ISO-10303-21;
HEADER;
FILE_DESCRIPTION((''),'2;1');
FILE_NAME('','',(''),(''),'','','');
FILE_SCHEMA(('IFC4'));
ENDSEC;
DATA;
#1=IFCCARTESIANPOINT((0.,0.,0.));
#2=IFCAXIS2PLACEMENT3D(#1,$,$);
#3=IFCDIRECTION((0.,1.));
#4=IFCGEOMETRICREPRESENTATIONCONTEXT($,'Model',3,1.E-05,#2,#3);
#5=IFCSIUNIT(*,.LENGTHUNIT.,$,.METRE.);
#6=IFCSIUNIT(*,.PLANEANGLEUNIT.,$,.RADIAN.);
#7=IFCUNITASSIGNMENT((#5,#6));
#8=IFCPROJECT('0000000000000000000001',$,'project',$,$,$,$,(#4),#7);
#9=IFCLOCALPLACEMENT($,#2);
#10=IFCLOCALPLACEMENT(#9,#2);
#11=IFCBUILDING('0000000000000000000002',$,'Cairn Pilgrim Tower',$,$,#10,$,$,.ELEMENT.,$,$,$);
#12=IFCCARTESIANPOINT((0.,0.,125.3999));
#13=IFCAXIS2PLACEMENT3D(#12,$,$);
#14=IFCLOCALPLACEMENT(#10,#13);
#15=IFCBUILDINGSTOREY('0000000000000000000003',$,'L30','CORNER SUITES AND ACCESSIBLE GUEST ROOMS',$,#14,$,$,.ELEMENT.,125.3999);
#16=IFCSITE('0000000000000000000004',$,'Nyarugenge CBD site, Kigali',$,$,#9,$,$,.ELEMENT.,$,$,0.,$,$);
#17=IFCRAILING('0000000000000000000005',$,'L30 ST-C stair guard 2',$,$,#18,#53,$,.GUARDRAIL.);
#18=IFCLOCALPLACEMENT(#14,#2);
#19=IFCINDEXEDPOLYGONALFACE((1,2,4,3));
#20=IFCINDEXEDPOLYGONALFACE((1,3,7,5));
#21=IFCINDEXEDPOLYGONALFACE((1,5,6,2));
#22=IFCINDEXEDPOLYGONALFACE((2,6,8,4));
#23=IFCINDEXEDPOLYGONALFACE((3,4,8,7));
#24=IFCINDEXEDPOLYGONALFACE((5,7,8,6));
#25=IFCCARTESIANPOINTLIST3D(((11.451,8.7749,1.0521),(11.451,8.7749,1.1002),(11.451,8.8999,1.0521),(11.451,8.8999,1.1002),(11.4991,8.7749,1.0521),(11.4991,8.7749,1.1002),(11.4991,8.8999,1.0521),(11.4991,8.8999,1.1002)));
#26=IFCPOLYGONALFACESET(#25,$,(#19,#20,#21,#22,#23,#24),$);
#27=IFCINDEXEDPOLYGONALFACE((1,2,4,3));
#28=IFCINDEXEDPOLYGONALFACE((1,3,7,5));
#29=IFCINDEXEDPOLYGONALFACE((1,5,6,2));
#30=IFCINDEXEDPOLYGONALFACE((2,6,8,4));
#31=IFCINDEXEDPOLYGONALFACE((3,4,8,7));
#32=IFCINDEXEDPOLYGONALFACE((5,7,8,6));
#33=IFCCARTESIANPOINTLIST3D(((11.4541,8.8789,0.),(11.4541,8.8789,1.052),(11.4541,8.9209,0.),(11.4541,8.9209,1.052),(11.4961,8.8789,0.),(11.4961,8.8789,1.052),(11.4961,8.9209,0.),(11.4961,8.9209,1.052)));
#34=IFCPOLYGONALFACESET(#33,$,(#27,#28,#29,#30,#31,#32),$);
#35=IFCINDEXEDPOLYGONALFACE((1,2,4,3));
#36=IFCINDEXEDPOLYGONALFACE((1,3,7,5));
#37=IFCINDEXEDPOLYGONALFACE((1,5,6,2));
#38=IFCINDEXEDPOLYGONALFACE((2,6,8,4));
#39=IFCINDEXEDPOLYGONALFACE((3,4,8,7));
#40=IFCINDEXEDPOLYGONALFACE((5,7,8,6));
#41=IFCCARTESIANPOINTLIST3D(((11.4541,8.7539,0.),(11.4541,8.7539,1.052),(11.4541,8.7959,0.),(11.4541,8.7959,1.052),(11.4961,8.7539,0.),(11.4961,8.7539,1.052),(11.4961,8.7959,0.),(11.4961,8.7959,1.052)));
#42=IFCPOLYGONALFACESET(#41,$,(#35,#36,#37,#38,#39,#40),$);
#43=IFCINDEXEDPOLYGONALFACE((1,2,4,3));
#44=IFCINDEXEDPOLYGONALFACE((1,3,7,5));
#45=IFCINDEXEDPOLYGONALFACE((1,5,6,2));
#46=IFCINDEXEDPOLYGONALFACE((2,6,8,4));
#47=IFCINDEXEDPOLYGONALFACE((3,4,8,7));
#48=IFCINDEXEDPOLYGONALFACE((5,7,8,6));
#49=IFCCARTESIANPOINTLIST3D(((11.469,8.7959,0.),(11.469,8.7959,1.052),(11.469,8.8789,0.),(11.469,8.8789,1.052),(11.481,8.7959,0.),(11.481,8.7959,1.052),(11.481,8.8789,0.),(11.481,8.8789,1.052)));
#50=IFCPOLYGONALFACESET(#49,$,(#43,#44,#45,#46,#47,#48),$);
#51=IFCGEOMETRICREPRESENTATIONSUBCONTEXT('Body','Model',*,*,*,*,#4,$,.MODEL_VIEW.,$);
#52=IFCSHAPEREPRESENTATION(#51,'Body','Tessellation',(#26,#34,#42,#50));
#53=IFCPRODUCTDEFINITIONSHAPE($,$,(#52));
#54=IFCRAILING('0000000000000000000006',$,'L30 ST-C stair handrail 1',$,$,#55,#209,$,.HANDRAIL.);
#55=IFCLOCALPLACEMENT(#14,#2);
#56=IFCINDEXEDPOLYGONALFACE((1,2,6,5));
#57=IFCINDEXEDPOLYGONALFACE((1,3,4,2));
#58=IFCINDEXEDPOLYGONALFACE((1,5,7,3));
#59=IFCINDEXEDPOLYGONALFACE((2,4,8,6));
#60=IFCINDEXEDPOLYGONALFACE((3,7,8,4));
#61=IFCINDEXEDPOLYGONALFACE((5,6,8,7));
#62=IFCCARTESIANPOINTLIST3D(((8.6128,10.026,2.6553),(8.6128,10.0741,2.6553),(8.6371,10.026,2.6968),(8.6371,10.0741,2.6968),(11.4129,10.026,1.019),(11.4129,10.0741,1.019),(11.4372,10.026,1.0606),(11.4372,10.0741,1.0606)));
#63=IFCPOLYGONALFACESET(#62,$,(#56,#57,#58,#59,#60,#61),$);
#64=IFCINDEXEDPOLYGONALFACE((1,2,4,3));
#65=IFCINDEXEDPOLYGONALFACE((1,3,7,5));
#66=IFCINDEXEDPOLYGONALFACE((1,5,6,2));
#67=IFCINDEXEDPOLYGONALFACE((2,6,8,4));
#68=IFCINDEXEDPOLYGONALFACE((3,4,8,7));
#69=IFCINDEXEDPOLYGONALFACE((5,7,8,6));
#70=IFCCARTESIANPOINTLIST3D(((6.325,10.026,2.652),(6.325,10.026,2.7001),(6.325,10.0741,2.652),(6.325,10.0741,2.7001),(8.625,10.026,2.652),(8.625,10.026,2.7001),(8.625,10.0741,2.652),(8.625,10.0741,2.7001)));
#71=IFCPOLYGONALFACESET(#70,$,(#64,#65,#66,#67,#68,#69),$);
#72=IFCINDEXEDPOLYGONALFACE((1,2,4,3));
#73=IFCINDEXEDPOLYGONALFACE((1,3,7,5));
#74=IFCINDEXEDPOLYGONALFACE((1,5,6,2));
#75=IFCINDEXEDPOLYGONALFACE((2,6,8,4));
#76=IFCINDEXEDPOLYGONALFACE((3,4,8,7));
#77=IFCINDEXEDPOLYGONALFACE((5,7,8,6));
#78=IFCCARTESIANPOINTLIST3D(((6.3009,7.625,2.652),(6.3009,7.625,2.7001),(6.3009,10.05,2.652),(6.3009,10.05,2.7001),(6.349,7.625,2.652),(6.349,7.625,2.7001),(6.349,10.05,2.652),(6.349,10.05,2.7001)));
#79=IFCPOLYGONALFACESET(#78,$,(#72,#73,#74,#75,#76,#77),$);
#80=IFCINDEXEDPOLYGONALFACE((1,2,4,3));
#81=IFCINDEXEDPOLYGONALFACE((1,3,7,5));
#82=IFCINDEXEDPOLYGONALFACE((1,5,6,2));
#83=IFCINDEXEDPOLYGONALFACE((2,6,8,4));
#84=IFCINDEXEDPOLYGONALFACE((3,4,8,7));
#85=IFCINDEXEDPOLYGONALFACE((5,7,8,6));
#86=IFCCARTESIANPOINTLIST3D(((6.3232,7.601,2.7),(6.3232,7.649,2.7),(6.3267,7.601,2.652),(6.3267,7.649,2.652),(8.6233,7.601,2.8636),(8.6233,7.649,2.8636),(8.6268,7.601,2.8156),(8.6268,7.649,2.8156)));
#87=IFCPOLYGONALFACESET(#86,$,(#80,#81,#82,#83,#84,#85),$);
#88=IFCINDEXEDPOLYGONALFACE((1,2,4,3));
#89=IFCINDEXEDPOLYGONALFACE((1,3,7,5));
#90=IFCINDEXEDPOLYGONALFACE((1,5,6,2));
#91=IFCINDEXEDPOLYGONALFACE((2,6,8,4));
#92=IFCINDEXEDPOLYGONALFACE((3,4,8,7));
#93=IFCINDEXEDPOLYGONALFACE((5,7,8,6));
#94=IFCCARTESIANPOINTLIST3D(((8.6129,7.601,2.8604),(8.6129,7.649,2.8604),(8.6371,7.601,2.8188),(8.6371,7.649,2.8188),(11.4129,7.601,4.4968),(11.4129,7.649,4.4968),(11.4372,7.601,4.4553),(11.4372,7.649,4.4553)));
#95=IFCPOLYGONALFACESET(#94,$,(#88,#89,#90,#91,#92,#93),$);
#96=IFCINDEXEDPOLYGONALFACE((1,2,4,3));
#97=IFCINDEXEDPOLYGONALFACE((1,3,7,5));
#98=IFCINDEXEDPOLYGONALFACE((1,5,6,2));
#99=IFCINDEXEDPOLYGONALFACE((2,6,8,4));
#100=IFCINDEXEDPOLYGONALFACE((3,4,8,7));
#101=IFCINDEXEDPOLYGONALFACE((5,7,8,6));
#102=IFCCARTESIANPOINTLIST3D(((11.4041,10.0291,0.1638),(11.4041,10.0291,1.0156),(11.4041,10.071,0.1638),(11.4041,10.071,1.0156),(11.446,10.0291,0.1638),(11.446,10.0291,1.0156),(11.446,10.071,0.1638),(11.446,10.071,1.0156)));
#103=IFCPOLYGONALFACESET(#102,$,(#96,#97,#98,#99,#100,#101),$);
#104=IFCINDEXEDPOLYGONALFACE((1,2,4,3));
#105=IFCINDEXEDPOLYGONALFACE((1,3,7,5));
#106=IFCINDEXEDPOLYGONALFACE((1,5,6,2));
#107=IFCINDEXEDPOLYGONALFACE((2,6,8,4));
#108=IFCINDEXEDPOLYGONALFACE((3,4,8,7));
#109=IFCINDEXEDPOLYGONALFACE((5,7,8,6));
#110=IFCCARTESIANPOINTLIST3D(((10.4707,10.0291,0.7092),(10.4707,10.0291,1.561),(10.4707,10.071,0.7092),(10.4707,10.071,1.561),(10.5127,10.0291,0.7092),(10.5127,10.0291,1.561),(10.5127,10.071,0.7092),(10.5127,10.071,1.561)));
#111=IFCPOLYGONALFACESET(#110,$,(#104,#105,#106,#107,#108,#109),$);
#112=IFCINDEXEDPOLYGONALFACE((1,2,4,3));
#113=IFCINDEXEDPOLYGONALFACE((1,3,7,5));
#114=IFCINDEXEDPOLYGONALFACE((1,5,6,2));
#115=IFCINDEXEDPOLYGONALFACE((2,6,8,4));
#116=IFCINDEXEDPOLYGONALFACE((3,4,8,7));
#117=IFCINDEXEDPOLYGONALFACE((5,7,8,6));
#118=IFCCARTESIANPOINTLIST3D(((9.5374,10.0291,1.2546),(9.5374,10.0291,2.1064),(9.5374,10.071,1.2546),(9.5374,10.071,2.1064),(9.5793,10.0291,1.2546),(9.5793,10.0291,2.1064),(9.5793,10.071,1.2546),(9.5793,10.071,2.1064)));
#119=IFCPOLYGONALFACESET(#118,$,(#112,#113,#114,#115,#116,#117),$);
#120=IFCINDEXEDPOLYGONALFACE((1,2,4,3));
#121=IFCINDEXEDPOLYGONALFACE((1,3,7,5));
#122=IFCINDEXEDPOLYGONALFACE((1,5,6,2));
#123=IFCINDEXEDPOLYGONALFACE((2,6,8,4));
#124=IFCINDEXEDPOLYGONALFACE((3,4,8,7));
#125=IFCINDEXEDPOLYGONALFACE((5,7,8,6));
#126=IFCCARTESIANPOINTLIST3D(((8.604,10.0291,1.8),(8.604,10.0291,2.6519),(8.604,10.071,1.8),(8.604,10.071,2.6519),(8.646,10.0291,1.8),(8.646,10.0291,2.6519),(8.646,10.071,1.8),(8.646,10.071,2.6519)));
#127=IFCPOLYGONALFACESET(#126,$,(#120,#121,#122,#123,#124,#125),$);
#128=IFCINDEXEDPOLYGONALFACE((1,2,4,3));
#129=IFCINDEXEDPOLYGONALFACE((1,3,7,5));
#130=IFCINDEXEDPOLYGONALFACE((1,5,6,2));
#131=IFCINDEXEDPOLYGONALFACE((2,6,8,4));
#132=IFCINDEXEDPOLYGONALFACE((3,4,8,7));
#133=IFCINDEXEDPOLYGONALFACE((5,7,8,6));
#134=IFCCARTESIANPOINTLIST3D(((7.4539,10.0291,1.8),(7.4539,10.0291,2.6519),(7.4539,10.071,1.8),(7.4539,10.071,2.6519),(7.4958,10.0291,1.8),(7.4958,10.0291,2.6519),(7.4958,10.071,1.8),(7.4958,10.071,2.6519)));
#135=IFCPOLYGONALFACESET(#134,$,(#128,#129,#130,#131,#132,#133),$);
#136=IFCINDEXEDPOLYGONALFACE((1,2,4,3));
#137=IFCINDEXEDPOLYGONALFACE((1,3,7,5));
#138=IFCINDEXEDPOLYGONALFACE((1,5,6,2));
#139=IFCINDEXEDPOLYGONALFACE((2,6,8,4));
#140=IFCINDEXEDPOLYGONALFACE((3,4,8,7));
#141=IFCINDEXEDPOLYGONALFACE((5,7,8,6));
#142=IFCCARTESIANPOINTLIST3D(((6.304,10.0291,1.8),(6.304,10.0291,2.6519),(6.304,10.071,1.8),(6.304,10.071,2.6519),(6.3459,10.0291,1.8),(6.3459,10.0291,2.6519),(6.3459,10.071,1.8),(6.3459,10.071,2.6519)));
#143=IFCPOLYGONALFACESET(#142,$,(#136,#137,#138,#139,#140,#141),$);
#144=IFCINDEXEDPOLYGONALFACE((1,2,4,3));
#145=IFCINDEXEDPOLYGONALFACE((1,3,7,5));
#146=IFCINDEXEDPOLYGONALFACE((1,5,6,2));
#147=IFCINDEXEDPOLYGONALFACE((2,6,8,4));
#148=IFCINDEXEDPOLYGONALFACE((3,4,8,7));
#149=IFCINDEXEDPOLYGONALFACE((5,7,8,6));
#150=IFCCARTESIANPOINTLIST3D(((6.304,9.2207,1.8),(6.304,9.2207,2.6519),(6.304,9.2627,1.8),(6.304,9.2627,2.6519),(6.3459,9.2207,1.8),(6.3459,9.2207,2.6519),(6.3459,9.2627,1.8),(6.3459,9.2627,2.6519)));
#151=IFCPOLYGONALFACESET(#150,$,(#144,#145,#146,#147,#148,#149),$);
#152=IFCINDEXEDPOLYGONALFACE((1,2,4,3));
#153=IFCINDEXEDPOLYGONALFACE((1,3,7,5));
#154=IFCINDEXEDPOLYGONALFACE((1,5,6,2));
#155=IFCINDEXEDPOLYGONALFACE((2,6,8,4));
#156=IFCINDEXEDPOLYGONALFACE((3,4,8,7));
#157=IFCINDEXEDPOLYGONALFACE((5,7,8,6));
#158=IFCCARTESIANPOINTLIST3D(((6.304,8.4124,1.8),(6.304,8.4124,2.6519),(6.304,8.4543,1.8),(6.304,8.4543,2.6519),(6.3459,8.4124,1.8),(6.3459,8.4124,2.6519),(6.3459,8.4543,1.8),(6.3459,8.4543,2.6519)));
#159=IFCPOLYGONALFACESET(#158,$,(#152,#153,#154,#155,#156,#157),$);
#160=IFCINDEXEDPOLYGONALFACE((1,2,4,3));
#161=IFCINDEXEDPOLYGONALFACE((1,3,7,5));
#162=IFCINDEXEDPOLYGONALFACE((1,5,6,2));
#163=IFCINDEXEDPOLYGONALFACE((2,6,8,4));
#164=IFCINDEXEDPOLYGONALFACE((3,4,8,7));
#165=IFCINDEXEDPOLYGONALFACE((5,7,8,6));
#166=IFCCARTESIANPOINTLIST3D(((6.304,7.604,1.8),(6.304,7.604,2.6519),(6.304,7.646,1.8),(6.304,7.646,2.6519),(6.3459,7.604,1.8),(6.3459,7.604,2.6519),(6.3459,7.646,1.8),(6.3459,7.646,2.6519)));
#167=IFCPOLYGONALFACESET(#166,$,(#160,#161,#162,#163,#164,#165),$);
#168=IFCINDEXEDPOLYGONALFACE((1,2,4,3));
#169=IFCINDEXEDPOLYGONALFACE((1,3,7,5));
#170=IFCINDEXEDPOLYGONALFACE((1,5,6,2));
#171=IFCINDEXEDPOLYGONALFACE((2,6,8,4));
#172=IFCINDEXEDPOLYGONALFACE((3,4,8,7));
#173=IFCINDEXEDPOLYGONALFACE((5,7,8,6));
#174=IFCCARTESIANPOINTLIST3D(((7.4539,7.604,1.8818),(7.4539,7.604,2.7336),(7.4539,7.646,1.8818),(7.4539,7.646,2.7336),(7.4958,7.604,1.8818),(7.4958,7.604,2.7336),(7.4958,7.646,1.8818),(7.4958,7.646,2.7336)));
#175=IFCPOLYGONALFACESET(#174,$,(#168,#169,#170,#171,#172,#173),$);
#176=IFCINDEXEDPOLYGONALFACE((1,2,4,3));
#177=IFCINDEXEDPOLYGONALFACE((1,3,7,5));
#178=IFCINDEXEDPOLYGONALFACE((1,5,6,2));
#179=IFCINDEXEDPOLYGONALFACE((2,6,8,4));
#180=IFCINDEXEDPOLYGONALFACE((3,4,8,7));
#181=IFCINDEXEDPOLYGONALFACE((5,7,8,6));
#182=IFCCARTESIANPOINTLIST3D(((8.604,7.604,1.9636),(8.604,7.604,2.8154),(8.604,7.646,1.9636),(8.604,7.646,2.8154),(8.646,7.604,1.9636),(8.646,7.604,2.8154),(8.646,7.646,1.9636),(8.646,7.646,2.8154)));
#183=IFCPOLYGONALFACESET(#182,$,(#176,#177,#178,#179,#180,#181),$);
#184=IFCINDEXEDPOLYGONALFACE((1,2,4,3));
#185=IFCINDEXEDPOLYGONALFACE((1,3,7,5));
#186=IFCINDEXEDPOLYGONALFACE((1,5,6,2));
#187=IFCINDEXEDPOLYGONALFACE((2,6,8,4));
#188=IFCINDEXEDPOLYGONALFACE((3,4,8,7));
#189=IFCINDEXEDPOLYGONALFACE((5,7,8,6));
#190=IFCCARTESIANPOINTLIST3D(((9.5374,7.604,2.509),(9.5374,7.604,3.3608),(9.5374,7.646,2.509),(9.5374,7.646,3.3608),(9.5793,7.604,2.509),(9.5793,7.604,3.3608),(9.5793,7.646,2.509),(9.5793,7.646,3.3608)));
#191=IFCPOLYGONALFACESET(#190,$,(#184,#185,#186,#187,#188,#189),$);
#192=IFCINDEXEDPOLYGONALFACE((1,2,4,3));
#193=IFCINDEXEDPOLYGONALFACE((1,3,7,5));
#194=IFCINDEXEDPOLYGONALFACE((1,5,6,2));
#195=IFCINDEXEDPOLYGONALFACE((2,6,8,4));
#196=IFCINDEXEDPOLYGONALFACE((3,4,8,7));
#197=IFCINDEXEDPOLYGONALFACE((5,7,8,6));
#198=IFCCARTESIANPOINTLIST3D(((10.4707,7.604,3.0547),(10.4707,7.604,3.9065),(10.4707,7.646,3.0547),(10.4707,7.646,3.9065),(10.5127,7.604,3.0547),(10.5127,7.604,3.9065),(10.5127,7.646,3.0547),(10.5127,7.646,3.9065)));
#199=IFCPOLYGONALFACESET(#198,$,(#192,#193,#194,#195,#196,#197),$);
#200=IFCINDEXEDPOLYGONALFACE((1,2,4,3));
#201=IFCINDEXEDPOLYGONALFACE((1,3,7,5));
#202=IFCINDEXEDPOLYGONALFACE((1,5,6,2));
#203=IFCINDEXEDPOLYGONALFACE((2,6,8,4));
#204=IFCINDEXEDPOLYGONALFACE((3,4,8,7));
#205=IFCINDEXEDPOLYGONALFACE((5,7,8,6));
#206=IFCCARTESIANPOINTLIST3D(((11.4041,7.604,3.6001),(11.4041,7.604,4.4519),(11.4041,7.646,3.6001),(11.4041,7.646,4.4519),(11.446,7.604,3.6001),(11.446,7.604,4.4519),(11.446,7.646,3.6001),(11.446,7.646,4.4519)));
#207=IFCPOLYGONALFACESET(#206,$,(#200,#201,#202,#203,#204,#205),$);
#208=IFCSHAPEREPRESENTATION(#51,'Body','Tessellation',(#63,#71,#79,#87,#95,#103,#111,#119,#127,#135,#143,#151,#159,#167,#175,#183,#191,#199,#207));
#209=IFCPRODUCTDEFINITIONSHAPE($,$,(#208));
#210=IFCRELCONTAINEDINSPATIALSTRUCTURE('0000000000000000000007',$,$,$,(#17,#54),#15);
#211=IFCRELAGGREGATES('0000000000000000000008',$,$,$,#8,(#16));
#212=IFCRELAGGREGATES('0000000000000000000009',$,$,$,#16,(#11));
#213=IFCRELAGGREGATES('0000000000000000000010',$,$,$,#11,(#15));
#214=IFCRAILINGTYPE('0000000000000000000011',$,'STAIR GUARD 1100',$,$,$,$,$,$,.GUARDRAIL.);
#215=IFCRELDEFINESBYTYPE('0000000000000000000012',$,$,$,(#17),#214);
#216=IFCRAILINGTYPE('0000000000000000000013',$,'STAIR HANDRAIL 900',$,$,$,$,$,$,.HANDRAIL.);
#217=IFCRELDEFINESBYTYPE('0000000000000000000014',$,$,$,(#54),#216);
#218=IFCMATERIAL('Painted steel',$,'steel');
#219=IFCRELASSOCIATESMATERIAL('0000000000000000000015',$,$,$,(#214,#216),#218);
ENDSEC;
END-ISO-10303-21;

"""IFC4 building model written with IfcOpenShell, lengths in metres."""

from ifc_helpers import new_model, si_unit, direction, frame, origin, origin_2d, place, context, subcontext, project, spatial, polyline, rectangle, outline, extrude, material, type_object, element, save


model = new_model("IFC4")

# Units and contexts
model_context = context("Model", 3, precision=1e-05, world=origin(), true_north=direction((0.0, 1.0)))
body_context = subcontext(model_context, "Body", "Model", "MODEL_VIEW")
ifc_project = project(units=[si_unit("LENGTHUNIT", "METRE"), si_unit("PLANEANGLEUNIT", "RADIAN")], contexts=[model_context])

# Site, building, storey
site_placement = place(None, origin())
site = spatial("IfcSite", under=ifc_project, at=site_placement, Name="Nyarugenge CBD site, Kigali", CompositionType="ELEMENT", RefElevation=0.0)
building_placement = place(site_placement, origin())
building = spatial("IfcBuilding", under=site, at=building_placement, Name="Cairn Pilgrim Tower", CompositionType="ELEMENT")
storey_placement = place(building_placement, frame((0.0, 0.0, 125.3999)))
storey = spatial("IfcBuildingStorey", under=building, at=storey_placement, Name="L30", Description="CORNER SUITES AND ACCESSIBLE GUEST ROOMS", CompositionType="ELEMENT", Elevation=125.3999)

# Shared definitions
ifc_material_1 = material(Name="Painted steel", Category="steel")

# Railings
railing_type_1 = type_object("IfcRailingType", Name="STAIR GUARD 1100", PredefinedType="GUARDRAIL", material=ifc_material_1)
railing_1_placement = place(storey_placement, frame((11.4751, 8.8999, 0.0)))
element("IfcRailing", 1, at=railing_1_placement, inside=storey, type_object=railing_type_1, Name="L30 ST-C stair guard 2", PredefinedType="GUARDRAIL", context=body_context, shape_type="SweptSolid", body=[
    extrude(rectangle(XDim=0.0481, YDim=0.0481, at=origin_2d()), frame((0.0, 0.0, 1.0762), z_axis=(0.0, -1.0, 0.0), x_axis=(1.0, 0.0, 0.0)), (0.0, 0.0, 1.0), 0.125),
    extrude(rectangle(XDim=0.042, YDim=0.042, at=origin_2d()), origin(), (0.0, 0.0, 1.0), 1.052),
    extrude(rectangle(XDim=0.042, YDim=0.042, at=origin_2d()), frame((0.0, -0.125, 0.0)), (0.0, 0.0, 1.0), 1.052),
    extrude(outline(polyline([(0.021, 0.0), (0.104, 0.0), (0.104, 1.052), (0.021, 1.052), (0.021, 0.0)])), frame((0.0059, 0.0, 0.0), z_axis=(-1.0, 0.0, 0.0), x_axis=(0.0, -1.0, 0.0)), (0.0, 0.0, 1.0), 0.012),
])
railing_type_2 = type_object("IfcRailingType", Name="STAIR HANDRAIL 900", PredefinedType="HANDRAIL", material=ifc_material_1)
railing_2_placement = place(storey_placement, frame((11.425, 10.05, 0.1638)))
element("IfcRailing", 2, at=railing_2_placement, inside=storey, type_object=railing_type_2, Name="L30 ST-C stair handrail 1", PredefinedType="HANDRAIL", context=body_context, shape_type="SweptSolid", body=[
    extrude(rectangle(XDim=0.0481, YDim=0.0481, at=origin_2d()), frame((0.0, 0.0, 0.876), z_axis=(-0.863394, 0.0, 0.504531), x_axis=(0.0, -1.0, 0.0)), (0.0, 0.0, 1.0), 3.2432),
    extrude(rectangle(XDim=0.0481, YDim=0.0481, at=origin_2d()), frame((-2.8, 0.0, 2.5122), z_axis=(-1.0, 0.0, 0.0), x_axis=(0.0, -1.0, 0.0)), (0.0, 0.0, 1.0), 2.3),
    extrude(rectangle(XDim=0.0481, YDim=0.0481, at=origin_2d()), frame((-5.1001, 0.0, 2.5122), z_axis=(0.0, -1.0, 0.0), x_axis=(1.0, 0.0, 0.0)), (0.0, 0.0, 1.0), 2.425),
    extrude(rectangle(XDim=0.0481, YDim=0.0481, at=origin_2d()), frame((-5.1001, -2.425, 2.5122), z_axis=(0.997481, 0.0, 0.070939), x_axis=(0.0, 1.0, 0.0)), (0.0, 0.0, 1.0), 2.3059),
    extrude(rectangle(XDim=0.0481, YDim=0.0481, at=origin_2d()), frame((-2.8, -2.425, 2.6758), z_axis=(0.863361, 0.0, 0.504587), x_axis=(0.0, 1.0, 0.0)), (0.0, 0.0, 1.0), 3.2432),
    extrude(rectangle(XDim=0.042, YDim=0.042, at=origin_2d()), origin(), (0.0, 0.0, 1.0), 0.8518),
    extrude(rectangle(XDim=0.042, YDim=0.042, at=origin_2d()), frame((-0.9333, 0.0, 0.5454)), (0.0, 0.0, 1.0), 0.8518),
    extrude(rectangle(XDim=0.042, YDim=0.042, at=origin_2d()), frame((-1.8667, 0.0, 1.0908)), (0.0, 0.0, 1.0), 0.8518),
    extrude(rectangle(XDim=0.042, YDim=0.042, at=origin_2d()), frame((-2.8, 0.0, 1.6362)), (0.0, 0.0, 1.0), 0.8518),
    extrude(rectangle(XDim=0.042, YDim=0.042, at=origin_2d()), frame((-3.9502, 0.0, 1.6362)), (0.0, 0.0, 1.0), 0.8518),
    extrude(rectangle(XDim=0.042, YDim=0.042, at=origin_2d()), frame((-5.1001, 0.0, 1.6362)), (0.0, 0.0, 1.0), 0.8518),
    extrude(rectangle(XDim=0.042, YDim=0.042, at=origin_2d()), frame((-5.1001, -0.8083, 1.6362)), (0.0, 0.0, 1.0), 0.8518),
    extrude(rectangle(XDim=0.042, YDim=0.042, at=origin_2d()), frame((-5.1001, -1.6167, 1.6362)), (0.0, 0.0, 1.0), 0.8518),
    extrude(rectangle(XDim=0.042, YDim=0.042, at=origin_2d()), frame((-5.1001, -2.425, 1.6362)), (0.0, 0.0, 1.0), 0.8518),
    extrude(rectangle(XDim=0.042, YDim=0.042, at=origin_2d()), frame((-3.9502, -2.425, 1.718)), (0.0, 0.0, 1.0), 0.8518),
    extrude(rectangle(XDim=0.042, YDim=0.042, at=origin_2d()), frame((-2.8, -2.425, 1.7998)), (0.0, 0.0, 1.0), 0.8518),
    extrude(rectangle(XDim=0.042, YDim=0.042, at=origin_2d()), frame((-1.8667, -2.425, 2.3452)), (0.0, 0.0, 1.0), 0.8518),
    extrude(rectangle(XDim=0.042, YDim=0.042, at=origin_2d()), frame((-0.9333, -2.425, 2.8909)), (0.0, 0.0, 1.0), 0.8518),
    extrude(rectangle(XDim=0.042, YDim=0.042, at=origin_2d()), frame((0.0, -2.425, 3.4363)), (0.0, 0.0, 1.0), 0.8518),
])

save(model, "model.ifc")
